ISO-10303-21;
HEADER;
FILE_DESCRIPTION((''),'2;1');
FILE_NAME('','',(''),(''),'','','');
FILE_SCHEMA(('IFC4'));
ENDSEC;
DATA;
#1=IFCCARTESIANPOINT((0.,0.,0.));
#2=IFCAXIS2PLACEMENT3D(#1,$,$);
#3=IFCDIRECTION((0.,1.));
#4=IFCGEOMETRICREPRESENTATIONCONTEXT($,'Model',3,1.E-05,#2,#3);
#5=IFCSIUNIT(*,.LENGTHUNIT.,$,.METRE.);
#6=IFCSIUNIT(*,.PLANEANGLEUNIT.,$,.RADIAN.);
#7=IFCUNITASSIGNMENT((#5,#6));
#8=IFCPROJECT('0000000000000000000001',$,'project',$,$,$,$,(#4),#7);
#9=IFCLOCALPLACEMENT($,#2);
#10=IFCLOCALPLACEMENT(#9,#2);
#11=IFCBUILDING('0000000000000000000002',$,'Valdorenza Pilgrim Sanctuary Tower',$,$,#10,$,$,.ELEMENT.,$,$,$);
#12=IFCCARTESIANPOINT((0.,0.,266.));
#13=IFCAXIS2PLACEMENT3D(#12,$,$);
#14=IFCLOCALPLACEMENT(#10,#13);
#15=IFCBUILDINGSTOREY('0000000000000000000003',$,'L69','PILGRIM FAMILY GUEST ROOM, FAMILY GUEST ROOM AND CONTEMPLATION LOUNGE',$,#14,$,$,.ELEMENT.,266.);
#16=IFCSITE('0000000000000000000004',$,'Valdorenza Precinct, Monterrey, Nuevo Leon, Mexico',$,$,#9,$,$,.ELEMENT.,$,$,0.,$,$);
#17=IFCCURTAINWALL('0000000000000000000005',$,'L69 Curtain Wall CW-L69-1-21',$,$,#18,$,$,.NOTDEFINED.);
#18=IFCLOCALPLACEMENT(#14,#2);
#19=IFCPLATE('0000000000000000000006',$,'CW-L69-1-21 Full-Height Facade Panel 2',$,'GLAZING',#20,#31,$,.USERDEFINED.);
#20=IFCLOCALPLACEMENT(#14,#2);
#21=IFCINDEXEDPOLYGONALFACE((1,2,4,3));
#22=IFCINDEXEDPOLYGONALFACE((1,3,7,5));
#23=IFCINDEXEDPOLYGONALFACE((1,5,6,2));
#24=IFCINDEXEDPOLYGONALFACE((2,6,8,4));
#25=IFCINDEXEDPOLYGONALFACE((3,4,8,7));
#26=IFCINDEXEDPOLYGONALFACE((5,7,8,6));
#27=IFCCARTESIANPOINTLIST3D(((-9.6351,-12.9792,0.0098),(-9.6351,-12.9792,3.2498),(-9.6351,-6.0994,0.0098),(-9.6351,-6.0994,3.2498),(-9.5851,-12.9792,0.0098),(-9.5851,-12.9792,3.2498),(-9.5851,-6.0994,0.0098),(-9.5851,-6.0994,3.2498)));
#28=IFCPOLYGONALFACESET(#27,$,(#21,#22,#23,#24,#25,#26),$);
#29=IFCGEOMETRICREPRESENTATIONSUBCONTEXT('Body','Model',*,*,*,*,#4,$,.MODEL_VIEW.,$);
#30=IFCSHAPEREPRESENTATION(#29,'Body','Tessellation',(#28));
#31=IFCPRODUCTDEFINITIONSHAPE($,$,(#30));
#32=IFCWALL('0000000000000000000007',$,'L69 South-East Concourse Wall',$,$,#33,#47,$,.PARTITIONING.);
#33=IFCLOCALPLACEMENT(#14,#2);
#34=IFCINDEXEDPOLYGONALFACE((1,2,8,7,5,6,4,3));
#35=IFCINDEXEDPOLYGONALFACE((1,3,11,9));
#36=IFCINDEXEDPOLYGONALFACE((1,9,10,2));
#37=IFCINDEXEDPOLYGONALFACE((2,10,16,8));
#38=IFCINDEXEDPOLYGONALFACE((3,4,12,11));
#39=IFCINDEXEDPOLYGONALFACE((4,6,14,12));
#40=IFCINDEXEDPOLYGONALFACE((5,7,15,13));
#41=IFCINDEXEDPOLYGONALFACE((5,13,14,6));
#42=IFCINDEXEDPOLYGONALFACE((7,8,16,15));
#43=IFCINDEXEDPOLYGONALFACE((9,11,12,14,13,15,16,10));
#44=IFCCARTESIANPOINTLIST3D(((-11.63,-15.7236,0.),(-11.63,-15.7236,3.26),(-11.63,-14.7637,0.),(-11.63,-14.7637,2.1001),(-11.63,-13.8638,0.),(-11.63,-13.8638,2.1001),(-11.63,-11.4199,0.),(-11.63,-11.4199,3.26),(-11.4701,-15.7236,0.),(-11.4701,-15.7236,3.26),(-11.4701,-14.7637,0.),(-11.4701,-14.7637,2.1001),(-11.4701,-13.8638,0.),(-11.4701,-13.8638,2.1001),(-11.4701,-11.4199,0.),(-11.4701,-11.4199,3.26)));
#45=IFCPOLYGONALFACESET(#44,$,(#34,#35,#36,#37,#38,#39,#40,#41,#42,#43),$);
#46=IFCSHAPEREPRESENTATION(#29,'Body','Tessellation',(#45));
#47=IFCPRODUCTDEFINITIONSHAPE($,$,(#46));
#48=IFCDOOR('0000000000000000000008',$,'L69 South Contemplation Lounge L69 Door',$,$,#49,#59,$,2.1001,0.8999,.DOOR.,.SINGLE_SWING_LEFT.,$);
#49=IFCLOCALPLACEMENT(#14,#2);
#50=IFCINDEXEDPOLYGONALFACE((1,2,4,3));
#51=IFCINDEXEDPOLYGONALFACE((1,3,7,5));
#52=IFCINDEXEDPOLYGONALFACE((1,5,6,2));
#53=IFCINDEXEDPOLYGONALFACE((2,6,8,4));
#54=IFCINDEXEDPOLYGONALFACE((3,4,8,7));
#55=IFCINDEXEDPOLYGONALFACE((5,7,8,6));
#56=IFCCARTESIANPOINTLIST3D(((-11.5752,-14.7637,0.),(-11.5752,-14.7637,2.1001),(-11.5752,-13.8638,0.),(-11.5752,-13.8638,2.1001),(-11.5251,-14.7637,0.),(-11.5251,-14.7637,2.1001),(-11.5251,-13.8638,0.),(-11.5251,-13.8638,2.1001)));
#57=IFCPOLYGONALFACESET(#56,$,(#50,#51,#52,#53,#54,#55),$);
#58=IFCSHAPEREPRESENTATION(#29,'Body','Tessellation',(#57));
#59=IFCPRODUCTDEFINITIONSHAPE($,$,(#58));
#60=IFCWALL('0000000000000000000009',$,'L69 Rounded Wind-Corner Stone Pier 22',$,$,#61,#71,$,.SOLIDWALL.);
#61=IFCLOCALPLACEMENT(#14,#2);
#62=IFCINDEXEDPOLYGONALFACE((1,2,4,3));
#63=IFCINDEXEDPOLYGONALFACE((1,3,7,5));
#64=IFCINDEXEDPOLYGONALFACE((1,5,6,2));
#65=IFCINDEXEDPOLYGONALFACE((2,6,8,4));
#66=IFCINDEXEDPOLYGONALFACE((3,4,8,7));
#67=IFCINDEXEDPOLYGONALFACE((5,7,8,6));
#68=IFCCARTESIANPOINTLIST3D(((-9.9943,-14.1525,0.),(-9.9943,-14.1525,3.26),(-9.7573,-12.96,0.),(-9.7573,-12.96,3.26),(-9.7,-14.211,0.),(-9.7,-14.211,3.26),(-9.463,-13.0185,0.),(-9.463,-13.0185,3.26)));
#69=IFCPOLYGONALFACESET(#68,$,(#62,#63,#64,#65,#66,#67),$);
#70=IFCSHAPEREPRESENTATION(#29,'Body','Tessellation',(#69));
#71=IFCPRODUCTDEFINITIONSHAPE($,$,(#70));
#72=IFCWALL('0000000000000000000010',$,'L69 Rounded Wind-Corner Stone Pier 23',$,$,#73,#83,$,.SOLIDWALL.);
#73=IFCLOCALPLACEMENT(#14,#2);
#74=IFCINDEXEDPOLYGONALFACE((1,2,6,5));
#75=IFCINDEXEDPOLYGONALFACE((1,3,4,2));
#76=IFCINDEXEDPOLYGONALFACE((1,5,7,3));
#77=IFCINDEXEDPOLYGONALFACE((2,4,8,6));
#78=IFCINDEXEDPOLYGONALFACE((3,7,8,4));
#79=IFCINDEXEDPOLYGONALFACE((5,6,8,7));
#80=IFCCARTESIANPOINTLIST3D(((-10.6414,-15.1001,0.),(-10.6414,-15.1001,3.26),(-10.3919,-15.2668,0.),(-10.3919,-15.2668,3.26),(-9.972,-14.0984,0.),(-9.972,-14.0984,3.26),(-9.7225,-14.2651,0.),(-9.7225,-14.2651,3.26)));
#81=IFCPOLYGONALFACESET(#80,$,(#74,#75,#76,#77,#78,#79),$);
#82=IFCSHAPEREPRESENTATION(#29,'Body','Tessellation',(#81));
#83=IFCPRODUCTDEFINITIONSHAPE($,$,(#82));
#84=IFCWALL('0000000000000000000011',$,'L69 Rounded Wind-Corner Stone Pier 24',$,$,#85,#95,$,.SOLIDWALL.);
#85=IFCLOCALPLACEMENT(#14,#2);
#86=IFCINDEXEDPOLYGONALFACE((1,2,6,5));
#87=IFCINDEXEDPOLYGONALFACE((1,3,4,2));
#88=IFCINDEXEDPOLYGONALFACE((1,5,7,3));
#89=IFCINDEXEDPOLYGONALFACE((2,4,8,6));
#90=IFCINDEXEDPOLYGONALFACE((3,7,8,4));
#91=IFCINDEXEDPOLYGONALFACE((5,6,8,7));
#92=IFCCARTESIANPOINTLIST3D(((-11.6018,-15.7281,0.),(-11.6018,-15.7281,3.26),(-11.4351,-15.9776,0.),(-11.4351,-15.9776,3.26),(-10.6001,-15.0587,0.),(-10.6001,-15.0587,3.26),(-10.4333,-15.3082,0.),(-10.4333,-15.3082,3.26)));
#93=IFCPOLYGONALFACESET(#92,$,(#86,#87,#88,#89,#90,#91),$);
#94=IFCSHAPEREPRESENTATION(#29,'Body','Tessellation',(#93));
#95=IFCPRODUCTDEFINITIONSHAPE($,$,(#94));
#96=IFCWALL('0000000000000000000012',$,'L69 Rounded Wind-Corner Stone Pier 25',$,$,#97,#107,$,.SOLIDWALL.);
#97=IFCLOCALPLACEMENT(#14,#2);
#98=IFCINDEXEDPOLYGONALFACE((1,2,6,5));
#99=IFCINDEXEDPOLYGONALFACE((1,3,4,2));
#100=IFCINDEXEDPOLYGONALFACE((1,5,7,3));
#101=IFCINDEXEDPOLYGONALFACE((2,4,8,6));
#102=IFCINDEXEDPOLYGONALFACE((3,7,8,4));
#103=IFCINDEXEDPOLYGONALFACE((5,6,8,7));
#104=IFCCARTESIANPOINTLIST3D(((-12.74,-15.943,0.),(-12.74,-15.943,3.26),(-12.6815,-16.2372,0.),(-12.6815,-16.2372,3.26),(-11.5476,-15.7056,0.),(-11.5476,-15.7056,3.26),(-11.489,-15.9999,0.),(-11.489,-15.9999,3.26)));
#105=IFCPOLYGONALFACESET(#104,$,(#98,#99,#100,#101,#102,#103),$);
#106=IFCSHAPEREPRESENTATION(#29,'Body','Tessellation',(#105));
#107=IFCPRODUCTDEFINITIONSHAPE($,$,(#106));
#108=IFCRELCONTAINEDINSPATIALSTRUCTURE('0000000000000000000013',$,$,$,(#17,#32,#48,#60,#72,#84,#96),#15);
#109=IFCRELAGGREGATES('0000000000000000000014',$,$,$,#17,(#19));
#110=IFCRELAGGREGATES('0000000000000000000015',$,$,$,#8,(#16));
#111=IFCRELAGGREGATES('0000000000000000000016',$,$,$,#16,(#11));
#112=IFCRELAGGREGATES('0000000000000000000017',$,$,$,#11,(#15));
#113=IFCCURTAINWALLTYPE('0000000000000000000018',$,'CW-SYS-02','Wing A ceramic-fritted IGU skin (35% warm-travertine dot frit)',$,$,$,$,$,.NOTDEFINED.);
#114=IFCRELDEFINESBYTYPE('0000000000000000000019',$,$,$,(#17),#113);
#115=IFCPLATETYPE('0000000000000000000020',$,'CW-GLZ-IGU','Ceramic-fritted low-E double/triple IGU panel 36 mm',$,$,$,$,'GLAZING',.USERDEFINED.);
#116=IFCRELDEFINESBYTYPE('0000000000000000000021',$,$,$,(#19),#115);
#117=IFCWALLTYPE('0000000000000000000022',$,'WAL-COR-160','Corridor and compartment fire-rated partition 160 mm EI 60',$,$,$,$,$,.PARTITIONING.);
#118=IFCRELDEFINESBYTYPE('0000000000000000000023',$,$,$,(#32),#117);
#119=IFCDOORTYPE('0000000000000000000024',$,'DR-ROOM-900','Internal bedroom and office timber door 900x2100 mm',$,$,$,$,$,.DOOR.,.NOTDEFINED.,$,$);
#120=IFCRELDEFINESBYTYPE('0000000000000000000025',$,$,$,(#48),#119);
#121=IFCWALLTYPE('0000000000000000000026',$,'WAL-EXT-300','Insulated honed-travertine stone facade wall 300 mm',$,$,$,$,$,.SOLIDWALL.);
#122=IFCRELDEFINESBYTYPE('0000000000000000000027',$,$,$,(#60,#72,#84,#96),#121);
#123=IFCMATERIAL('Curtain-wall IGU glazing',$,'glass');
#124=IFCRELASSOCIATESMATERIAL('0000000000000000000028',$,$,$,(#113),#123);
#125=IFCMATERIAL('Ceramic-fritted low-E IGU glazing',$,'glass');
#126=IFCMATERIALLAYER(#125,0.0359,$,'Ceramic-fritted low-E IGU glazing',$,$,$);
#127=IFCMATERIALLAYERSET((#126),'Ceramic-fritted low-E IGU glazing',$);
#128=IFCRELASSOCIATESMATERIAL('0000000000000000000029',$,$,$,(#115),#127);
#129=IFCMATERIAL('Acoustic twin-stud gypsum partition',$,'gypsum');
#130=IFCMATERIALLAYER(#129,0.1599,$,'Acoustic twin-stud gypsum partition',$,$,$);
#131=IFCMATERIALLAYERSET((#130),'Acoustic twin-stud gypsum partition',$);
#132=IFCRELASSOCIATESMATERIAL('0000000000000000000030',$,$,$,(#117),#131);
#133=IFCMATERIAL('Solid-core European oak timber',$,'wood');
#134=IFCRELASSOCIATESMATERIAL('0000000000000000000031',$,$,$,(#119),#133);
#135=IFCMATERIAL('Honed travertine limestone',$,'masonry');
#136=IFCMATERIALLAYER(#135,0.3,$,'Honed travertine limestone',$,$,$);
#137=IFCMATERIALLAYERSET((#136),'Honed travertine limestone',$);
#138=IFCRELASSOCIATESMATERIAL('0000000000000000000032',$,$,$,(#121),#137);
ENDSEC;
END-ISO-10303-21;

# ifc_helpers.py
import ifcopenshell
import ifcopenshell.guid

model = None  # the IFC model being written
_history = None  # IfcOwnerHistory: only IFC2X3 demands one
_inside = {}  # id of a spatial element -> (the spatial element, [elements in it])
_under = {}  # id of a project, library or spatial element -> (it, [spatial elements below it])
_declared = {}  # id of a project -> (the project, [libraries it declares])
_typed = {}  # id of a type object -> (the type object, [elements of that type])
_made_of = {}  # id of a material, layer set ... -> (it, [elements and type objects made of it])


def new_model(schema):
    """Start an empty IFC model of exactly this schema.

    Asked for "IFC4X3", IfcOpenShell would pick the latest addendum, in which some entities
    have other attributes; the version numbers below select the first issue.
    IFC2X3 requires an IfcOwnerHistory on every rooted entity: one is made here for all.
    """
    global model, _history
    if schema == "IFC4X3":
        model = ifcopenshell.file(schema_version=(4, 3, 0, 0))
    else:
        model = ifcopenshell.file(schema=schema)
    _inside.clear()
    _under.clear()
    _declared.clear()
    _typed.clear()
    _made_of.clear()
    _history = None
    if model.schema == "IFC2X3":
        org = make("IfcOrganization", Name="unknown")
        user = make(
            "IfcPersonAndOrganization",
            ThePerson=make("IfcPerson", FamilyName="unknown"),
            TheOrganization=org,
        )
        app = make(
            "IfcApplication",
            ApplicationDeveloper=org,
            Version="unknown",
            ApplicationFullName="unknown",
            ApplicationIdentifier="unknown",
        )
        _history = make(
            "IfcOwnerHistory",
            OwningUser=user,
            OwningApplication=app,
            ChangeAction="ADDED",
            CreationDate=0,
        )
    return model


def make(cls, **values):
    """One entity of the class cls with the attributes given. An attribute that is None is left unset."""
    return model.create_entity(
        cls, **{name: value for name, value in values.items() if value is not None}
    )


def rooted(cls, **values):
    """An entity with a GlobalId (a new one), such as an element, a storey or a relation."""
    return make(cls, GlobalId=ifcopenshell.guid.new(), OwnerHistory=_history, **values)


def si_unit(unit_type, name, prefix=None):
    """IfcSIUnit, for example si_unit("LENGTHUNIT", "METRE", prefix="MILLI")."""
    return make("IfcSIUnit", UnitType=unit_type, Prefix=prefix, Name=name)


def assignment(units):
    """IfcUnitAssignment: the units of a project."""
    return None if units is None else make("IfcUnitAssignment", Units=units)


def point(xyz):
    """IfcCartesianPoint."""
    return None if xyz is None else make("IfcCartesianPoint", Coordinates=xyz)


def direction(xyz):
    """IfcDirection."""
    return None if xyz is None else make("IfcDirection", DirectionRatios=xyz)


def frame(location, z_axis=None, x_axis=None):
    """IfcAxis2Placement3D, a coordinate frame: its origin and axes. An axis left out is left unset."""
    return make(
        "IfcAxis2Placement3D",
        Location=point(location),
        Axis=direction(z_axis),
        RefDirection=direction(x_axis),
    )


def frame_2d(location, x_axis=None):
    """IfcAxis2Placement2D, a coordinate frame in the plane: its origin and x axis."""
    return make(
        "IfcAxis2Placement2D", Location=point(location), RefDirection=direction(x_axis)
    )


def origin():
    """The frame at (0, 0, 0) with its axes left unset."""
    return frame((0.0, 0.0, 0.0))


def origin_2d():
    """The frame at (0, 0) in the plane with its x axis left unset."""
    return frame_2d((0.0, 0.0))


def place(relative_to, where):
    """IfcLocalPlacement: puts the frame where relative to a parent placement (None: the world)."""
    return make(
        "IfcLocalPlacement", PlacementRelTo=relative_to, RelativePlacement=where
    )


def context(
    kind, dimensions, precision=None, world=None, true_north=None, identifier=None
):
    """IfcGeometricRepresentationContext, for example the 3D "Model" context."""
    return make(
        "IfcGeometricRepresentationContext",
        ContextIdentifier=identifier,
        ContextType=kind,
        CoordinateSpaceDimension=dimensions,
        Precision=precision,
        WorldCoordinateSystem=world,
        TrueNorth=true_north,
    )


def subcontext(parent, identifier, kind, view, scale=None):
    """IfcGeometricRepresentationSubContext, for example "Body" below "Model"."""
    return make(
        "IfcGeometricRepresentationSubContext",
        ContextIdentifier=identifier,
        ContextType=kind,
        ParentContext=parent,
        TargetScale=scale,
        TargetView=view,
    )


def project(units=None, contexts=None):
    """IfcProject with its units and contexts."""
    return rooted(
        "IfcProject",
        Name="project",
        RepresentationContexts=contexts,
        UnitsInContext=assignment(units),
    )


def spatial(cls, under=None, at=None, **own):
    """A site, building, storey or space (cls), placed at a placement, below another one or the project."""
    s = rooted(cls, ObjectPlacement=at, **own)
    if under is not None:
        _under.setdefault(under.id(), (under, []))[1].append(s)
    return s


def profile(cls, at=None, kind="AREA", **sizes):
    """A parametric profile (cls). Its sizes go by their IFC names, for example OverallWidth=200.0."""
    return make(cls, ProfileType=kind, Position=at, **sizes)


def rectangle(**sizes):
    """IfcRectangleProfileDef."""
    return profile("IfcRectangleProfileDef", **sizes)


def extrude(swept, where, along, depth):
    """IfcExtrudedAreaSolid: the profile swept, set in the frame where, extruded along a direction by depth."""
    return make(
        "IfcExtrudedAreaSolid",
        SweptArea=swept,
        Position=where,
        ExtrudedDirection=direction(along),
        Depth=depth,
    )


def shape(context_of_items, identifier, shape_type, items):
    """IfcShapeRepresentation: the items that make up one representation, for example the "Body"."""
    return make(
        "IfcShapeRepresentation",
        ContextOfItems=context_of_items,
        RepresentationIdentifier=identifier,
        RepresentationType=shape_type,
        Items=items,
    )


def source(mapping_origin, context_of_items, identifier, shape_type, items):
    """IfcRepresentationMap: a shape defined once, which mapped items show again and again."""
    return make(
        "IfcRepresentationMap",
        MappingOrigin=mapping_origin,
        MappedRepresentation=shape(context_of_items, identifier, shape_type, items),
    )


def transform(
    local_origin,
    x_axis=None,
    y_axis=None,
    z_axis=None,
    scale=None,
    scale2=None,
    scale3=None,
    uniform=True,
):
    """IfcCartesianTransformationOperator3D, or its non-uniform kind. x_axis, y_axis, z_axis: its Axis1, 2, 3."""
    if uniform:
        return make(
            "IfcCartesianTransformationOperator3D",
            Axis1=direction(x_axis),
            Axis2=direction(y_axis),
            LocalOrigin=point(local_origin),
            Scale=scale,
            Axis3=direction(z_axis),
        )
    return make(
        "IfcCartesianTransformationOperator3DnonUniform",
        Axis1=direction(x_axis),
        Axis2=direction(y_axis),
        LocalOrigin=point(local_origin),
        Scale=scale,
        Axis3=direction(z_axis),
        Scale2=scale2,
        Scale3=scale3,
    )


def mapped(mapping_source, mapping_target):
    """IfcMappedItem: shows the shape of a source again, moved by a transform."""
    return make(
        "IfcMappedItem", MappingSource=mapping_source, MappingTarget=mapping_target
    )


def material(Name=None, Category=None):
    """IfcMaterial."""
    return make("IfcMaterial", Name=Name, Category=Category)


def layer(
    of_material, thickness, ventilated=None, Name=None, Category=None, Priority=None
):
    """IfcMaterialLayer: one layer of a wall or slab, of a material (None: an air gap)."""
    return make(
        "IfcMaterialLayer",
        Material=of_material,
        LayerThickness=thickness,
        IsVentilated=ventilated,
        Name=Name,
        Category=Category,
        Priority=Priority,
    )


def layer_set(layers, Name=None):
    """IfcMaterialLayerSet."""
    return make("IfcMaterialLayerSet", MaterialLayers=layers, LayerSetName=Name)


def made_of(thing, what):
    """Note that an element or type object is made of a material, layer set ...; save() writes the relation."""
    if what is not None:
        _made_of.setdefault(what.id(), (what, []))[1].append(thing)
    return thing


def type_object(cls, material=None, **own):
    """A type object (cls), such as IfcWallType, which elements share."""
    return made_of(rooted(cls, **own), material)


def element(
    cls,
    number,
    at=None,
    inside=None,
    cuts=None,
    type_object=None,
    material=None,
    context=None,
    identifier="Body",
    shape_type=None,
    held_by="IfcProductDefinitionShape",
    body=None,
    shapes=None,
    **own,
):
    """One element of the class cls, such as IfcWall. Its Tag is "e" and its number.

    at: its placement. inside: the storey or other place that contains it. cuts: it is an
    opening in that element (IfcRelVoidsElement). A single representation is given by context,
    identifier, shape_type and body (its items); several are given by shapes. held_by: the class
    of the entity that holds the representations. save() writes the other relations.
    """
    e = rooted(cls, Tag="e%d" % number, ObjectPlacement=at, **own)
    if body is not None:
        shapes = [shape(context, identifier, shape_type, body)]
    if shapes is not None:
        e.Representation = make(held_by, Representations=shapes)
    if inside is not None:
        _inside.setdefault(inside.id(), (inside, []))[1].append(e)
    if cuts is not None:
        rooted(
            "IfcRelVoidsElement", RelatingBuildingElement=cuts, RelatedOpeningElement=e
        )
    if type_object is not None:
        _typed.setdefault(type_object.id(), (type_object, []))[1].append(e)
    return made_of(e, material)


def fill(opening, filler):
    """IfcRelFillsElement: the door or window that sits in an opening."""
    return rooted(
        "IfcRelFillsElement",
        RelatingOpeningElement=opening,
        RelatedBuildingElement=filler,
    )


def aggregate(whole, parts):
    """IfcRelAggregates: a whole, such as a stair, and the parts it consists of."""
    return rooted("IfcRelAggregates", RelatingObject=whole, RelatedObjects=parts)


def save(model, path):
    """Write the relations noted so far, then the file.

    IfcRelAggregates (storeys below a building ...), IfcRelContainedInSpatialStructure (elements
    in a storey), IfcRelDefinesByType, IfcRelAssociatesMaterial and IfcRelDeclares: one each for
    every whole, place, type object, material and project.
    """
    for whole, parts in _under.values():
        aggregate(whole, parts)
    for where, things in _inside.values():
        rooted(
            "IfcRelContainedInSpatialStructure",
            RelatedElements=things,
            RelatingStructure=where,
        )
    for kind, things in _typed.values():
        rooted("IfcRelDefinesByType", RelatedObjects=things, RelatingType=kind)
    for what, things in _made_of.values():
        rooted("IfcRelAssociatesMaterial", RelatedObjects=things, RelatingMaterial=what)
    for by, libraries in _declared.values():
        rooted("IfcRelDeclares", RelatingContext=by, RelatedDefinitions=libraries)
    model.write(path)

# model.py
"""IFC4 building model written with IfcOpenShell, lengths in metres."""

from ifc_helpers import new_model, si_unit, direction, frame, frame_2d, origin, origin_2d, place, context, subcontext, project, spatial, rectangle, extrude, source, transform, mapped, material, layer, layer_set, type_object, element, fill, aggregate, save


model = new_model("IFC4")

# Units and contexts
model_context = context("Model", 3, precision=1e-05, world=origin(), true_north=direction((0.0, 1.0)))
body_context = subcontext(model_context, "Body", "Model", "MODEL_VIEW")
ifc_project = project(units=[si_unit("LENGTHUNIT", "METRE"), si_unit("PLANEANGLEUNIT", "RADIAN")], contexts=[model_context])

# Site, building, storey
site_placement = place(None, origin())
site = spatial("IfcSite", under=ifc_project, at=site_placement, Name="Valdorenza Precinct, Monterrey, Nuevo Leon, Mexico", CompositionType="ELEMENT", RefElevation=0.0)
building_placement = place(site_placement, origin())
building = spatial("IfcBuilding", under=site, at=building_placement, Name="Valdorenza Pilgrim Sanctuary Tower", CompositionType="ELEMENT")
storey_placement = place(building_placement, frame((0.0, 0.0, 266.0)))
storey = spatial("IfcBuildingStorey", under=building, at=storey_placement, Name="L69", Description="PILGRIM FAMILY GUEST ROOM, FAMILY GUEST ROOM AND CONTEMPLATION LOUNGE", CompositionType="ELEMENT", Elevation=266.0)

# Curtain wall
ifc_material_1 = material(Name="Curtain-wall IGU glazing", Category="glass")
curtain_wall_type = type_object("IfcCurtainWallType", Name="CW-SYS-02", Description="Wing A ceramic-fritted IGU skin (35% warm-travertine dot frit)", PredefinedType="NOTDEFINED", material=ifc_material_1)
curtain_wall_placement = place(storey_placement, origin())
curtain_wall = element("IfcCurtainWall", 1, at=curtain_wall_placement, inside=storey, type_object=curtain_wall_type, Name="L69 Curtain Wall CW-L69-1-21", PredefinedType="NOTDEFINED")

# Plate
ifc_material_2 = material(Name="Honed travertine limestone", Category="masonry")
ifc_material_3 = material(Name="Ceramic-fritted low-E IGU glazing", Category="glass")
ifc_layer_1 = layer(ifc_material_3, 0.0359, Name="Ceramic-fritted low-E IGU glazing")
ifc_layer_set_1 = layer_set([ifc_layer_1], Name="Ceramic-fritted low-E IGU glazing")
plate_type_1 = type_object("IfcPlateType", Name="CW-GLZ-IGU", Description="Ceramic-fritted low-E double/triple IGU panel 36 mm", ElementType="GLAZING", PredefinedType="USERDEFINED", material=ifc_layer_set_1)
shared_shape_1 = source(origin(), body_context, "Body", "SweptSolid", [
    extrude(rectangle(XDim=6.8799, YDim=0.05, at=origin_2d()), origin(), (0.0, 0.0, 1.0), 3.24),
])
plate_1_placement = place(storey_placement, frame((-9.6101, -9.5393, 0.0098), z_axis=(0.0, 0.0, 1.0), x_axis=(0.0, -1.0, 0.0)))
plate_1 = element("IfcPlate", 2, at=plate_1_placement, type_object=plate_type_1, Name="CW-L69-1-21 Full-Height Facade Panel 2", ObjectType="GLAZING", PredefinedType="USERDEFINED", context=body_context, shape_type="MappedRepresentation", body=[
    mapped(shared_shape_1, transform((0.0, 0.0, 0.0), x_axis=(1.0, 0.0, 0.0), y_axis=(0.0, 1.0, 0.0), z_axis=(0.0, 0.0, 1.0), scale=1.0)),
])
aggregate(curtain_wall, [plate_1])

# Wall, opening, door
ifc_material_4 = material(Name="Acoustic twin-stud gypsum partition", Category="gypsum")
ifc_layer_2 = layer(ifc_material_4, 0.1599, Name="Acoustic twin-stud gypsum partition")
ifc_layer_set_2 = layer_set([ifc_layer_2], Name="Acoustic twin-stud gypsum partition")
wall_type_1 = type_object("IfcWallType", Name="WAL-COR-160", Description="Corridor and compartment fire-rated partition 160 mm EI 60", PredefinedType="PARTITIONING", material=ifc_layer_set_2)
wall_1_placement = place(storey_placement, frame((-11.55, -15.7236, 0.0), z_axis=(0.0, 0.0, 1.0), x_axis=(0.0, 1.0, 0.0)))
wall_1 = element("IfcWall", 3, at=wall_1_placement, inside=storey, type_object=wall_type_1, Name="L69 South-East Concourse Wall", PredefinedType="PARTITIONING", context=body_context, shape_type="SweptSolid", body=[
    extrude(rectangle(XDim=4.3037, YDim=0.1599, at=frame_2d((2.1519, 0.0))), origin(), (0.0, 0.0, 1.0), 3.26),
])
opening_placement = place(wall_1_placement, frame((0.96, 0.0, 0.0)))
opening = element("IfcOpeningElement", 4, at=opening_placement, cuts=wall_1, PredefinedType="OPENING", context=body_context, shape_type="SweptSolid", body=[
    extrude(rectangle(XDim=0.8999, YDim=2.1001, at=frame_2d((0.45, 1.05))), frame((0.0, 0.0947, 0.0), z_axis=(0.0, -1.0, 0.0), x_axis=(1.0, 0.0, 0.0)), (0.0, 0.0, 1.0), 0.1897),
])
ifc_material_5 = material(Name="Solid-core European oak timber", Category="wood")
door_type = type_object("IfcDoorType", Name="DR-ROOM-900", Description="Internal bedroom and office timber door 900x2100 mm", OperationType="NOTDEFINED", PredefinedType="DOOR", material=ifc_material_5)
door_placement = place(opening_placement, frame((0.8999, 0.0, 0.0), z_axis=(0.0, 0.0, 1.0), x_axis=(-1.0, 0.0, 0.0)))
door = element("IfcDoor", 5, at=door_placement, inside=storey, type_object=door_type, Name="L69 South Contemplation Lounge L69 Door", OperationType="SINGLE_SWING_LEFT", OverallHeight=2.1001, OverallWidth=0.8999, PredefinedType="DOOR", context=body_context, shape_type="SweptSolid", body=[
    extrude(rectangle(XDim=0.8999, YDim=2.1001, at=frame_2d((0.45, 1.05))), frame((0.0, 0.0249, 0.0), z_axis=(0.0, -1.0, 0.0), x_axis=(1.0, 0.0, 0.0)), (0.0, 0.0, 1.0), 0.05),
])
fill(opening, door)

# Walls
ifc_layer_3 = layer(ifc_material_2, 0.3, Name="Honed travertine limestone")
ifc_layer_set_3 = layer_set([ifc_layer_3], Name="Honed travertine limestone")
wall_type_2 = type_object("IfcWallType", Name="WAL-EXT-300", Description="Insulated honed-travertine stone facade wall 300 mm", PredefinedType="SOLIDWALL", material=ifc_layer_set_3)
wall_2_placement = place(storey_placement, frame((-9.6101, -12.9893, 0.0), z_axis=(0.0, 0.0, 1.0), x_axis=(-0.194996, -0.980804, 0.0)))
element("IfcWall", 6, at=wall_2_placement, inside=storey, type_object=wall_type_2, Name="L69 Rounded Wind-Corner Stone Pier 22", PredefinedType="SOLIDWALL", context=body_context, shape_type="SweptSolid", body=[
    extrude(rectangle(XDim=1.2158, YDim=0.3, at=frame_2d((0.6079, 0.0))), origin(), (0.0, 0.0, 1.0), 3.26),
])
for number, where, z_axis, x_axis, name in (
    (7, (-9.8472, -14.1816, 0.0), (0.0, 0.0, 1.0), (-0.555635, -0.831426, 0.0), "L69 Rounded Wind-Corner Stone Pier 23"),
    (8, (-10.5166, -15.1833, 0.0), (0.0, 0.0, 1.0), (-0.831426, -0.555635, 0.0), "L69 Rounded Wind-Corner Stone Pier 24"),
):
    element("IfcWall", number, at=place(storey_placement, frame(where, z_axis=z_axis, x_axis=x_axis)), inside=storey, type_object=wall_type_2, Name=name, PredefinedType="SOLIDWALL", context=body_context, shape_type="SweptSolid", body=[
        extrude(rectangle(XDim=1.2048, YDim=0.3, at=frame_2d((0.6025, 0.0))), origin(), (0.0, 0.0, 1.0), 3.26),
    ])
wall_3_placement = place(storey_placement, frame((-11.5183, -15.8528, 0.0), z_axis=(0.0, 0.0, 1.0), x_axis=(-0.980766, -0.195189, 0.0)))
element("IfcWall", 9, at=wall_3_placement, inside=storey, type_object=wall_type_2, Name="L69 Rounded Wind-Corner Stone Pier 25", PredefinedType="SOLIDWALL", context=body_context, shape_type="SweptSolid", body=[
    extrude(rectangle(XDim=1.2158, YDim=0.3, at=frame_2d((0.6079, 0.0))), origin(), (0.0, 0.0, 1.0), 3.26),
])

save(model, "model.ifc")
